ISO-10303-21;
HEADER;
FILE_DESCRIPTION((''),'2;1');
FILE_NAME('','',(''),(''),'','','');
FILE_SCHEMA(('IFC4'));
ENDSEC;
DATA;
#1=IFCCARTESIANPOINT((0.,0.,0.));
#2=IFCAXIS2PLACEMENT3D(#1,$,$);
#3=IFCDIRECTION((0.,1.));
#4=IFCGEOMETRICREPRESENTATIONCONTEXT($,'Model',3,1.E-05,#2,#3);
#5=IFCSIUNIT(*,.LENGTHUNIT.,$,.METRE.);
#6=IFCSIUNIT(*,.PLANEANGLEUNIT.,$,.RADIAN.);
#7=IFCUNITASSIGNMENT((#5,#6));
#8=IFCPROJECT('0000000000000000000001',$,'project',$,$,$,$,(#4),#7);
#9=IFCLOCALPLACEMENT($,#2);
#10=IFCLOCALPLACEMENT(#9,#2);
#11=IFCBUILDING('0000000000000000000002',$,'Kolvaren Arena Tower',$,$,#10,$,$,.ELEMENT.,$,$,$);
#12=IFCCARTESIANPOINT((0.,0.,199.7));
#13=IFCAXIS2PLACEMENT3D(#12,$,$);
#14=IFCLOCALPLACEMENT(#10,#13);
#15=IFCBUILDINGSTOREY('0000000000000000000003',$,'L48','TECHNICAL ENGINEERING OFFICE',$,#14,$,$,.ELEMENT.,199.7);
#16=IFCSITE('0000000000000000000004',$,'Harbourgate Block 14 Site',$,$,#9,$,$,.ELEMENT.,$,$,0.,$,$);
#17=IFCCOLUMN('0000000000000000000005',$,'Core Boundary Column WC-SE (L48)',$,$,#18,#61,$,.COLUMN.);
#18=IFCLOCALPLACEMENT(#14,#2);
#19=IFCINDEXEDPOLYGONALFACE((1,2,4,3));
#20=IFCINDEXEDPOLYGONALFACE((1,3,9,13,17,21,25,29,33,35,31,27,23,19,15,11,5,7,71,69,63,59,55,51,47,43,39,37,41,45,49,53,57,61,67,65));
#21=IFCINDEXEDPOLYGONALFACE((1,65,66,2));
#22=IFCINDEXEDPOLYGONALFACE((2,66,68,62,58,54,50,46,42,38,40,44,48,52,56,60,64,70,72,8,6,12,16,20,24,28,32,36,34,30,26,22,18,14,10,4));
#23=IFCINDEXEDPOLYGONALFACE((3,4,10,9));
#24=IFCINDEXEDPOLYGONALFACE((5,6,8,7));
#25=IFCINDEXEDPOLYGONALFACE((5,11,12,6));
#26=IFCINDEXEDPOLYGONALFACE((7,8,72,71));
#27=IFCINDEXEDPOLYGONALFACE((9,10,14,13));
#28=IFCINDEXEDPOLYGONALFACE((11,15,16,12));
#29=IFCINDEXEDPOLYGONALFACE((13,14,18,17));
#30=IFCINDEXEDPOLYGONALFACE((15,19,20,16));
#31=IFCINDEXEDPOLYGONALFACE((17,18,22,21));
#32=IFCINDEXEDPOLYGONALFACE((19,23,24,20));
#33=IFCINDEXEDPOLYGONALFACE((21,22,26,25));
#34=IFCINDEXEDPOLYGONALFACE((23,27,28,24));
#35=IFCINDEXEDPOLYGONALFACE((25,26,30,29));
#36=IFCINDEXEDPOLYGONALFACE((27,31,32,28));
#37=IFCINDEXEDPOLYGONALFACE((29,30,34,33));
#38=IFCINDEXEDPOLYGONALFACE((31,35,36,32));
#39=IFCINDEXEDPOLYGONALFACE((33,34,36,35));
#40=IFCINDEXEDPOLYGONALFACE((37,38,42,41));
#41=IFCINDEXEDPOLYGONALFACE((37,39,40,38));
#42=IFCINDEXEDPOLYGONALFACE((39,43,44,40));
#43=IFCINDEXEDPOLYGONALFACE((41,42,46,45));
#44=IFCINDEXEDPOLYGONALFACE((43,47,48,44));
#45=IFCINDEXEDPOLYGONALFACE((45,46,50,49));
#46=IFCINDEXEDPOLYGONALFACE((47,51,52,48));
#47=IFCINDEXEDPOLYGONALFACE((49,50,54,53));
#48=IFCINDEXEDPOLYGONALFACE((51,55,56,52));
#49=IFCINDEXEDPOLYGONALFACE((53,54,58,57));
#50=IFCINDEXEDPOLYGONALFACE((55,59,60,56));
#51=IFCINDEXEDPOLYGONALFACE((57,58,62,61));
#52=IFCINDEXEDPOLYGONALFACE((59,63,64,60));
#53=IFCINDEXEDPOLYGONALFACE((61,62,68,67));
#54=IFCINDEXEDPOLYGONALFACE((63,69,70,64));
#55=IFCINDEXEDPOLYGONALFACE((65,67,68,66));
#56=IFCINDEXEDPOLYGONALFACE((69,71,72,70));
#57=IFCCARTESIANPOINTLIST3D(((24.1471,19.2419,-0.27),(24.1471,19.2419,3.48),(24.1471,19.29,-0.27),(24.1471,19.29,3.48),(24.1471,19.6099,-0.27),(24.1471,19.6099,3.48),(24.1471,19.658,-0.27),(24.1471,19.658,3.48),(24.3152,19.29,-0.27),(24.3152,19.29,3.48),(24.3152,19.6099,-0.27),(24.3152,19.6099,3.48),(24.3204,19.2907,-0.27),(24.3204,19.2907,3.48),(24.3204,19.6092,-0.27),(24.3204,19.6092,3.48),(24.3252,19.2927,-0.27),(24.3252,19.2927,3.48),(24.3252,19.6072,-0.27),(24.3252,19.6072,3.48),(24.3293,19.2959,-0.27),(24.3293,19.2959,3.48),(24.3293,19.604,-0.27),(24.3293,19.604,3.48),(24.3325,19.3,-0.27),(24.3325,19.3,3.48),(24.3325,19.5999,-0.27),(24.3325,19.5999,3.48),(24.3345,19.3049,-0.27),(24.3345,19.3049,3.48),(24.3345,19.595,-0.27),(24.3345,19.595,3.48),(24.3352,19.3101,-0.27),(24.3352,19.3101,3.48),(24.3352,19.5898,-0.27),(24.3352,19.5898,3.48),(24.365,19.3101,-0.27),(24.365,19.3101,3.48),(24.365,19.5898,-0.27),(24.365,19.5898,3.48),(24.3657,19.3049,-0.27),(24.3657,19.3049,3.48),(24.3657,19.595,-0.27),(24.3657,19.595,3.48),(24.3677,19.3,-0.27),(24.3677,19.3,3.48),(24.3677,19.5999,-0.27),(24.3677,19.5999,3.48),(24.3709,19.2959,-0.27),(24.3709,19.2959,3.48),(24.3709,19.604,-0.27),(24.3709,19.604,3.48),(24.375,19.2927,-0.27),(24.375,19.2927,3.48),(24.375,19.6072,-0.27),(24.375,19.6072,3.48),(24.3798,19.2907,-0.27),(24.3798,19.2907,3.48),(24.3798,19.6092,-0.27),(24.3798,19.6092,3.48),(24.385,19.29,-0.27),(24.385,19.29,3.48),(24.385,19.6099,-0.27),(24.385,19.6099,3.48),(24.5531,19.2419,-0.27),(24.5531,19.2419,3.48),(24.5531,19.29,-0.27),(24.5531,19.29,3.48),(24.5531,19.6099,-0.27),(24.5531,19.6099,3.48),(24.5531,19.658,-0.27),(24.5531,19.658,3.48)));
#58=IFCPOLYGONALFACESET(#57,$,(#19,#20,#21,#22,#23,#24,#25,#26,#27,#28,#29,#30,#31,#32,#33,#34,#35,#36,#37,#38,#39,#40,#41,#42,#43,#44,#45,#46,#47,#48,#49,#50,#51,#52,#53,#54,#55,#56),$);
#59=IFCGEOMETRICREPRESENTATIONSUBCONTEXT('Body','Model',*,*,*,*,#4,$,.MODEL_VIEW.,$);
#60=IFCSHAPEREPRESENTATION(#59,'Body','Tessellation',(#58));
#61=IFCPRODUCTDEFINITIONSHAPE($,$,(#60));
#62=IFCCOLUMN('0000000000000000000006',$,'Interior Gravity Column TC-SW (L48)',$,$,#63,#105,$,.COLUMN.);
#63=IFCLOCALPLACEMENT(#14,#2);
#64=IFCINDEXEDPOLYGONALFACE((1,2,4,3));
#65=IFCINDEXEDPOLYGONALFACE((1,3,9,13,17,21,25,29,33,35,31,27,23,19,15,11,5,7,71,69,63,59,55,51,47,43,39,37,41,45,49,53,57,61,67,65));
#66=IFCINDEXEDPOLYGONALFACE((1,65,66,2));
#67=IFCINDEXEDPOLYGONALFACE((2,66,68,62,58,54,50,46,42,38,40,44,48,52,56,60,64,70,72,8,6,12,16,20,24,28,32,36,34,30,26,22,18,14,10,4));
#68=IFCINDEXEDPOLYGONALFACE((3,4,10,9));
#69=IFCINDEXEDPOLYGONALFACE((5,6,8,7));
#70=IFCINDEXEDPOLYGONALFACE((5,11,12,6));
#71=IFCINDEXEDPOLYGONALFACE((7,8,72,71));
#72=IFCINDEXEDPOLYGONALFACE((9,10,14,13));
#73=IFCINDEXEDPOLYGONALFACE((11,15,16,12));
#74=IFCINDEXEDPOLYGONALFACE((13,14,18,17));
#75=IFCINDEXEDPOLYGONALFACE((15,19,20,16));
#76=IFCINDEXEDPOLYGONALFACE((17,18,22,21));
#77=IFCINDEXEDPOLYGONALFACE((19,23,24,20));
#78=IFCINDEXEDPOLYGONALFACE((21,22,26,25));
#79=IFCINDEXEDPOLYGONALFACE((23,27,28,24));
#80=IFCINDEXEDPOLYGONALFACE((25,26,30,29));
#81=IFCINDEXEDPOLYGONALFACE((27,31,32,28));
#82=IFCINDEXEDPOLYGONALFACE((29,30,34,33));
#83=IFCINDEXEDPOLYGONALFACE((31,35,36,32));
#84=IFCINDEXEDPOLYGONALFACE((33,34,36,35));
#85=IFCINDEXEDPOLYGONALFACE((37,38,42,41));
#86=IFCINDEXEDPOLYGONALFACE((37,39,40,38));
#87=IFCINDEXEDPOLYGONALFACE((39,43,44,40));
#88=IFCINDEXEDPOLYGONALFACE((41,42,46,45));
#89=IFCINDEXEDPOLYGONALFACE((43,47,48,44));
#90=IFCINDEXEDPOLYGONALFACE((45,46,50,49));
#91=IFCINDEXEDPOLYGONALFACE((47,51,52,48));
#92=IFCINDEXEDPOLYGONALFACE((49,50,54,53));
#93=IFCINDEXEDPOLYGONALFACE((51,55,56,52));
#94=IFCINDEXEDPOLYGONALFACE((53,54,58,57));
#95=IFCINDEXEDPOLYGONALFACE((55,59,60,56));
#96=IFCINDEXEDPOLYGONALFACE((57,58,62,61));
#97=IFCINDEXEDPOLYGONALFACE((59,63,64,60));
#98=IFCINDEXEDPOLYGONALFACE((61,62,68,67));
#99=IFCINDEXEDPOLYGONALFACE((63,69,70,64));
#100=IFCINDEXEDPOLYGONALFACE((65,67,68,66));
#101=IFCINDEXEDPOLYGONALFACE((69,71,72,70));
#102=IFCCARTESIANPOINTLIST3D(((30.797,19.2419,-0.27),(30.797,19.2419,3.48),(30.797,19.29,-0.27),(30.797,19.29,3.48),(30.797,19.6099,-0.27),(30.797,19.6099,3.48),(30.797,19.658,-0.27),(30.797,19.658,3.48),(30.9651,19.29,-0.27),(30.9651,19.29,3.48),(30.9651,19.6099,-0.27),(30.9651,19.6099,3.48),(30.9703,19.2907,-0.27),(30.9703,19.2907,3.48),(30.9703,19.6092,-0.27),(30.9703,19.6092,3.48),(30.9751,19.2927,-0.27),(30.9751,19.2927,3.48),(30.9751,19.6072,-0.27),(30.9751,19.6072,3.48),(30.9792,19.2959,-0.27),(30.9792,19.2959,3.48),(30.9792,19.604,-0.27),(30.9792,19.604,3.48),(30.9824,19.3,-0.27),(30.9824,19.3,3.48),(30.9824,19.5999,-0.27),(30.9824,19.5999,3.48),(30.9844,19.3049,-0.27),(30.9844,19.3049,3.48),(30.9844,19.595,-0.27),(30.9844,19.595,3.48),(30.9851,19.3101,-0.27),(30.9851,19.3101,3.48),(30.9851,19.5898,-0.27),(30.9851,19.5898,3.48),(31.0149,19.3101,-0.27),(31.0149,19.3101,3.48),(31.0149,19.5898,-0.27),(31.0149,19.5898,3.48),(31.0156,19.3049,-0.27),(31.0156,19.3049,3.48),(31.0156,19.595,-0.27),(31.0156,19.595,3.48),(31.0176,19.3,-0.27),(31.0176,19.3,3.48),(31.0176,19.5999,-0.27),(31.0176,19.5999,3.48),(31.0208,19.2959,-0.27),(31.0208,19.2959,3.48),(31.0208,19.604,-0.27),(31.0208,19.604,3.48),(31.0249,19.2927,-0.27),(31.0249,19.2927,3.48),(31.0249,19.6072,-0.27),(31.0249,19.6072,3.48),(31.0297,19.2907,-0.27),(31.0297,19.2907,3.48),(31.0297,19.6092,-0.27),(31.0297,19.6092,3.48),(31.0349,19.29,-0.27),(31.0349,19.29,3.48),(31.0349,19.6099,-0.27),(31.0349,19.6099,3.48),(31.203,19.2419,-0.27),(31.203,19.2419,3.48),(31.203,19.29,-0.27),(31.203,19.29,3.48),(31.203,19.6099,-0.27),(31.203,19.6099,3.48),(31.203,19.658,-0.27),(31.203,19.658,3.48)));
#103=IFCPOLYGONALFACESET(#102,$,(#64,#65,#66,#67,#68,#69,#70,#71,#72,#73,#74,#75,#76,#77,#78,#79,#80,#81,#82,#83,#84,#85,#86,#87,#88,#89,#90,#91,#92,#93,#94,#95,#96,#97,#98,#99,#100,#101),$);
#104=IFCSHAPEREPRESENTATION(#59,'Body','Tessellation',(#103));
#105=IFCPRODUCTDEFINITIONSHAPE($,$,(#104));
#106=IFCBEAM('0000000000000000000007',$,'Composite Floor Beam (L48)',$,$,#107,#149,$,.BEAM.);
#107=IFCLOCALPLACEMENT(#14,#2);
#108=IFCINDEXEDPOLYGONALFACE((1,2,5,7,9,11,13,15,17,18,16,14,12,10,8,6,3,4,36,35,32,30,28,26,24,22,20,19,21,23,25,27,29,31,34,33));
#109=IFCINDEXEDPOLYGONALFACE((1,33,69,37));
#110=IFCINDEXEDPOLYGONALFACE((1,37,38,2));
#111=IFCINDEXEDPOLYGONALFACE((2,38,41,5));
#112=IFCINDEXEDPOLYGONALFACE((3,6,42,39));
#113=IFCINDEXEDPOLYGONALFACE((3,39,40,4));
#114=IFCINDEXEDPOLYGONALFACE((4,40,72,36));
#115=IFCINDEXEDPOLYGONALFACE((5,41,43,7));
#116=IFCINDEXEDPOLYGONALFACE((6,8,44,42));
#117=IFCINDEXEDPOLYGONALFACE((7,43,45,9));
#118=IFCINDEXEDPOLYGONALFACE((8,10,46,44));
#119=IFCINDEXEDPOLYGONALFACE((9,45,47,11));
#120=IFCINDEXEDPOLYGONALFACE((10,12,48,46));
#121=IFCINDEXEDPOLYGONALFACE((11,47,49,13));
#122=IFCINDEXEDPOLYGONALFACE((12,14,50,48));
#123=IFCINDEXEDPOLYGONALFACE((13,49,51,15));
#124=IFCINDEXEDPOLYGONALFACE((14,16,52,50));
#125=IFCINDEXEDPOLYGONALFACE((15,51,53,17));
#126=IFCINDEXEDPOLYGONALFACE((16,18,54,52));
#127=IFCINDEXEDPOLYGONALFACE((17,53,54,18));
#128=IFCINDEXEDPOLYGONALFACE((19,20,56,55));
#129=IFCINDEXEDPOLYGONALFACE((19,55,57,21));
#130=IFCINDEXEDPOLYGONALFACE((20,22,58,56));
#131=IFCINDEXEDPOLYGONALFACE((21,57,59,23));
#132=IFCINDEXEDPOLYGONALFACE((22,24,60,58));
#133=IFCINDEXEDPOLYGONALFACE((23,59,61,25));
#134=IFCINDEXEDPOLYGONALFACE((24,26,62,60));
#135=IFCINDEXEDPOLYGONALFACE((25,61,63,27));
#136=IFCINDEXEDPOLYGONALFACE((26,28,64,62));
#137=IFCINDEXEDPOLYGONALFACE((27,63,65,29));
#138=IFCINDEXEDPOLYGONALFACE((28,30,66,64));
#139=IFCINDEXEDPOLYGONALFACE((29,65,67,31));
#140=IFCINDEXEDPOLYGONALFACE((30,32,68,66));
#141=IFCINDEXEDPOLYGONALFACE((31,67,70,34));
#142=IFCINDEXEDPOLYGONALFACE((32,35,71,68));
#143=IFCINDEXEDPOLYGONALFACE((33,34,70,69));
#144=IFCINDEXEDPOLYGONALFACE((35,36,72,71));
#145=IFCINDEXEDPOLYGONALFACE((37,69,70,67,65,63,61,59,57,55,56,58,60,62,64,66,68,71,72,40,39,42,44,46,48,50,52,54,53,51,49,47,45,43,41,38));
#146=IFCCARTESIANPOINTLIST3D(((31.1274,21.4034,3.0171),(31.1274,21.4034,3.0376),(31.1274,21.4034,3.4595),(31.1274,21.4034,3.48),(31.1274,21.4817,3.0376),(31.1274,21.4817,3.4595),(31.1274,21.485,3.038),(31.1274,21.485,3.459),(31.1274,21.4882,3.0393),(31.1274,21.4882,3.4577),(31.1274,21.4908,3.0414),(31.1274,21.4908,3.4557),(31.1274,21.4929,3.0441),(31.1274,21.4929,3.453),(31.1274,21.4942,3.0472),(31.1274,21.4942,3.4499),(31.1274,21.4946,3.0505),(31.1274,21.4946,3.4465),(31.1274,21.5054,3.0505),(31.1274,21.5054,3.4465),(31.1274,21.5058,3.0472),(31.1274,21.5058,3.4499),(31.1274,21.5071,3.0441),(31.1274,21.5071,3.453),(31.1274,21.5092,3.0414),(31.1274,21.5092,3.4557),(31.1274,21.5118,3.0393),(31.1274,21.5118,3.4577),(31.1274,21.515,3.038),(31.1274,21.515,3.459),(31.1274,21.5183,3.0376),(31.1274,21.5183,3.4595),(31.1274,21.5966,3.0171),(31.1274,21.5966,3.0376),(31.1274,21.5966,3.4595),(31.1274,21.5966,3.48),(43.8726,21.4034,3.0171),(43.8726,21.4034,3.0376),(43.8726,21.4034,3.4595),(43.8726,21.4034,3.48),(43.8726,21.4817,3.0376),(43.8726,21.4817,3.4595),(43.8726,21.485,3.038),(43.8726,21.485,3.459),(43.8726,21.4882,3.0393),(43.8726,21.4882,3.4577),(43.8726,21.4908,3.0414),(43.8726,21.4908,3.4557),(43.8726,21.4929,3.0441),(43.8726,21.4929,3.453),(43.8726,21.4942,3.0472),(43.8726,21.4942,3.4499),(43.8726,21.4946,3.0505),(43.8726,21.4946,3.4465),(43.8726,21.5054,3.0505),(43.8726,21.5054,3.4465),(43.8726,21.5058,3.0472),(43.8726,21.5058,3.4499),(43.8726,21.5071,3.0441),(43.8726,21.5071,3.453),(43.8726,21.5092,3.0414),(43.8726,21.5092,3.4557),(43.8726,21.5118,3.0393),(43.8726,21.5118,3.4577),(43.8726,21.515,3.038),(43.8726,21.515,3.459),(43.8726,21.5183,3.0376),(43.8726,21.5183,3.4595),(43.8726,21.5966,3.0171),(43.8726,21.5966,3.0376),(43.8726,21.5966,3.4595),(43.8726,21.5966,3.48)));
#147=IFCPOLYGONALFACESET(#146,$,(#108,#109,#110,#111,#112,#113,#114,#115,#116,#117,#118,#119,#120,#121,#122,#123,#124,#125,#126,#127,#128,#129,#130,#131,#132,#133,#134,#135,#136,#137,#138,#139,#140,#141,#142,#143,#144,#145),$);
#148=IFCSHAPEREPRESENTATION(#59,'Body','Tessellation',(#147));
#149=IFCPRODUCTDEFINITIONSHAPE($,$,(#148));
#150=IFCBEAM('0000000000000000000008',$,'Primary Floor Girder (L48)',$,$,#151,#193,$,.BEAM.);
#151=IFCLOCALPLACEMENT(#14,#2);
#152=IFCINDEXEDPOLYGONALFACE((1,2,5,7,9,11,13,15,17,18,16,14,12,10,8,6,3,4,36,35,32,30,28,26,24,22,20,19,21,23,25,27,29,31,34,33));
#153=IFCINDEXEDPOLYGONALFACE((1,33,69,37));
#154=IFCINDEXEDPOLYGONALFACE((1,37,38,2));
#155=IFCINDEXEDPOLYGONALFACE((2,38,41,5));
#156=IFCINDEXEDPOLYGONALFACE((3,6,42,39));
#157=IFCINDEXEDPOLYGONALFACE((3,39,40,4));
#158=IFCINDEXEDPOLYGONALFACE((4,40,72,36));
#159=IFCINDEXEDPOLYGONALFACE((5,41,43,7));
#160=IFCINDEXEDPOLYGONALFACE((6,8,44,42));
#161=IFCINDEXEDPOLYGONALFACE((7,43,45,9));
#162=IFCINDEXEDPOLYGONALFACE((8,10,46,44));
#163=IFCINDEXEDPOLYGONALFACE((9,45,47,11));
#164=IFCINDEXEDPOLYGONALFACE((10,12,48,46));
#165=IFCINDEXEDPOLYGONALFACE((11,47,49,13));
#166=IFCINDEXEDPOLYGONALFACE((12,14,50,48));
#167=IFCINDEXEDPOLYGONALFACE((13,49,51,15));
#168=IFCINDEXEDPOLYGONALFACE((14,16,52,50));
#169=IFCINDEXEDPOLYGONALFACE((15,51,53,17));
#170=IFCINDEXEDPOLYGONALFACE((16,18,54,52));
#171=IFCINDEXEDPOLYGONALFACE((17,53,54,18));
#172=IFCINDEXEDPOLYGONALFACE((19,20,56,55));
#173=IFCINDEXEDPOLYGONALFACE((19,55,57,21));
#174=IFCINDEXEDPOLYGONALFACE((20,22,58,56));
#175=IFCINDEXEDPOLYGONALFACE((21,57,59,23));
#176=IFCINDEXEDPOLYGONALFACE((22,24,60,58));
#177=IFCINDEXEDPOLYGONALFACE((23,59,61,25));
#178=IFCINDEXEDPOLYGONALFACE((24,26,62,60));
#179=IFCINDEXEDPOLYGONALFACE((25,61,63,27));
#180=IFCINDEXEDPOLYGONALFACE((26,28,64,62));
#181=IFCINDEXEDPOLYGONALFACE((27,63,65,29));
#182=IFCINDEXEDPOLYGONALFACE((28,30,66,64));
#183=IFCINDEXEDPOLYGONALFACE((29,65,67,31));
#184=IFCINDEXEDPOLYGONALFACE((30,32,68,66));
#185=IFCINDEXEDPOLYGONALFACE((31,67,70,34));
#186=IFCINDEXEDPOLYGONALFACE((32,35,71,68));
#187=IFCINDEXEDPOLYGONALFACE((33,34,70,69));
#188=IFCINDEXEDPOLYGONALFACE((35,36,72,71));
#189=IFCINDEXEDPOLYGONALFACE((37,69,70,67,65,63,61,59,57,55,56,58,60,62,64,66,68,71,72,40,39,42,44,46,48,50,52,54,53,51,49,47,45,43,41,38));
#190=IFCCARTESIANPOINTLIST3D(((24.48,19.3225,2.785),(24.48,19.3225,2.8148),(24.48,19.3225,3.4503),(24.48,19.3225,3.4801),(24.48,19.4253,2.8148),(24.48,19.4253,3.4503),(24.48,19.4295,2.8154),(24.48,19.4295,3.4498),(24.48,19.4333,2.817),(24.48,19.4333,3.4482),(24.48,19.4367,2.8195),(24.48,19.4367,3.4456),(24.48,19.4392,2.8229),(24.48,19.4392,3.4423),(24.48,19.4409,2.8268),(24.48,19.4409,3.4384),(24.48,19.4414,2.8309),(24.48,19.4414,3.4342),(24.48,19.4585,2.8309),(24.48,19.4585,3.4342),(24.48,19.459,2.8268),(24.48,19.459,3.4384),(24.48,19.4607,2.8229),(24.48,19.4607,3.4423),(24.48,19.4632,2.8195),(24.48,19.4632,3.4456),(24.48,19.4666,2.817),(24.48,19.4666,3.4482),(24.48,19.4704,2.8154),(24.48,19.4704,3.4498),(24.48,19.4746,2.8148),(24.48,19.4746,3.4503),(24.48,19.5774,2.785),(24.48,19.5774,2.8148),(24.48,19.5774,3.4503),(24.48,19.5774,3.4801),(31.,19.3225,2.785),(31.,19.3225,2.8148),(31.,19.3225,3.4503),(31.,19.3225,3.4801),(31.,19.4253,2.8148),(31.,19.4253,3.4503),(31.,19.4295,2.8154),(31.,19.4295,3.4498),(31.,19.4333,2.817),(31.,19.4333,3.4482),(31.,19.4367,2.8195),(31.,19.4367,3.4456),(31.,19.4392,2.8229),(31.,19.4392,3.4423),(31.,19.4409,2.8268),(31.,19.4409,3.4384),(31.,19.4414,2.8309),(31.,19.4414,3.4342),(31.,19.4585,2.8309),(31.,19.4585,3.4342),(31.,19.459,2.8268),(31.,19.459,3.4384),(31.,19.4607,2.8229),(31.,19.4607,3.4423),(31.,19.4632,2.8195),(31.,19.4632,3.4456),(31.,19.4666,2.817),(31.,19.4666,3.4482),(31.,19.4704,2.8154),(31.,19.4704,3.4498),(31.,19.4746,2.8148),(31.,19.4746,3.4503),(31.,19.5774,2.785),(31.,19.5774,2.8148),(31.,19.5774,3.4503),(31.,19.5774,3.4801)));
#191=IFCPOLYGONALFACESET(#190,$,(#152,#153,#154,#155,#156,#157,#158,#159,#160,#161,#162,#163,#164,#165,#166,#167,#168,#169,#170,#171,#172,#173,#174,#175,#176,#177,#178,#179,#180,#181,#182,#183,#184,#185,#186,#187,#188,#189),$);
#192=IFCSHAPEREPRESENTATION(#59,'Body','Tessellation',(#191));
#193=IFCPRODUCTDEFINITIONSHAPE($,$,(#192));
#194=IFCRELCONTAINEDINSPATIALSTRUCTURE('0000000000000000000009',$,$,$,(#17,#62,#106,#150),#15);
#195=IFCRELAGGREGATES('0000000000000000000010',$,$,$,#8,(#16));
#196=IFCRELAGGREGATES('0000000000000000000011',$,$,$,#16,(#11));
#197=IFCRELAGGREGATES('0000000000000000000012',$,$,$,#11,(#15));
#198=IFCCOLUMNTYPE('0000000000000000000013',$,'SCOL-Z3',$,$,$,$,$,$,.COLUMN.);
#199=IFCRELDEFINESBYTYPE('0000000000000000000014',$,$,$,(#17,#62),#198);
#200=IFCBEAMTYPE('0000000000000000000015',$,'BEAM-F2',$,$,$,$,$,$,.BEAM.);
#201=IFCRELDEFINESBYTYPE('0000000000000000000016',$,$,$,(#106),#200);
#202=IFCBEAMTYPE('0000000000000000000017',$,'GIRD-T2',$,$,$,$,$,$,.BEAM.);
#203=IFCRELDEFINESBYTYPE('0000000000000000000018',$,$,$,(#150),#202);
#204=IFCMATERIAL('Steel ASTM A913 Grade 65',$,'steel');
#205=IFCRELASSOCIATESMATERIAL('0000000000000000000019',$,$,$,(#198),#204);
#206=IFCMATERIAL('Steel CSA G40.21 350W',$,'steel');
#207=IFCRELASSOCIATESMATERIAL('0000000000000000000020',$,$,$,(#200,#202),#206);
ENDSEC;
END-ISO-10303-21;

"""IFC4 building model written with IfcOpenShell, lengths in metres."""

from ifc_helpers import new_model, si_unit, direction, frame, origin, origin_2d, place, context, subcontext, project, spatial, i_section, extrude, material, material_profile, profile_set, type_object, element, save


model = new_model("IFC4")

# Units and contexts
model_context = context("Model", 3, precision=1e-05, world=origin(), true_north=direction((0.0, 1.0)))
body_context = subcontext(model_context, "Body", "Model", "MODEL_VIEW")
ifc_project = project(units=[si_unit("LENGTHUNIT", "METRE"), si_unit("PLANEANGLEUNIT", "RADIAN")], contexts=[model_context])

# Site, building, storey
site_placement = place(None, origin())
site = spatial("IfcSite", under=ifc_project, at=site_placement, Name="Harbourgate Block 14 Site", CompositionType="ELEMENT", RefElevation=0.0)
building_placement = place(site_placement, origin())
building = spatial("IfcBuilding", under=site, at=building_placement, Name="Kolvaren Arena Tower", CompositionType="ELEMENT")
storey_placement = place(building_placement, frame((0.0, 0.0, 199.7)))
storey = spatial("IfcBuildingStorey", under=building, at=storey_placement, Name="L48", Description="TECHNICAL ENGINEERING OFFICE", CompositionType="ELEMENT", Elevation=199.7)

# Columns
ifc_material_1 = material(Name="Steel ASTM A913 Grade 65", Category="steel")
ifc_material_profile_1 = material_profile(ifc_material_1, i_section(OverallWidth=0.406, OverallDepth=0.416, WebThickness=0.0298, FlangeThickness=0.0481, FilletRadius=0.02, at=origin_2d()), Name="W360x382")
ifc_profile_set_1 = profile_set([ifc_material_profile_1], Name="Steel ASTM A913 Grade 65")
column_type = type_object("IfcColumnType", Name="SCOL-Z3", PredefinedType="COLUMN", material=ifc_profile_set_1)
for number, where, z_axis, x_axis, name in (
    (1, (24.3501, 19.45, -0.27), (0.0, 0.0, 1.0), (1.0, 0.0, 0.0), "Core Boundary Column WC-SE (L48)"),
    (2, (31.0, 19.45, -0.27), (0.0, 0.0, 1.0), (1.0, 0.0, 0.0), "Interior Gravity Column TC-SW (L48)"),
):
    element("IfcColumn", number, at=place(storey_placement, frame(where, z_axis=z_axis, x_axis=x_axis)), inside=storey, type_object=column_type, Name=name, PredefinedType="COLUMN", context=body_context, shape_type="SweptSolid", body=[
        extrude(i_section(OverallWidth=0.406, OverallDepth=0.416, WebThickness=0.0298, FlangeThickness=0.0481, FilletRadius=0.02, at=origin_2d()), origin(), (0.0, 0.0, 1.0), 3.75),
    ])

# Beams
ifc_material_2 = material(Name="Steel CSA G40.21 350W", Category="steel")
ifc_material_profile_2 = material_profile(ifc_material_2, i_section(OverallWidth=0.1931, OverallDepth=0.4629, WebThickness=0.0107, FlangeThickness=0.0205, FilletRadius=0.0129, at=origin_2d()), Name="W460x113")
ifc_profile_set_2 = profile_set([ifc_material_profile_2], Name="Steel CSA G40.21 350W")
beam_type_1 = type_object("IfcBeamType", Name="BEAM-F2", PredefinedType="BEAM", material=ifc_profile_set_2)
beam_1_placement = place(storey_placement, frame((31.1274, 21.5, 3.2485), z_axis=(1.0, 0.0, 0.0), x_axis=(0.0, 1.0, 0.0)))
element("IfcBeam", 3, at=beam_1_placement, inside=storey, type_object=beam_type_1, Name="Composite Floor Beam (L48)", PredefinedType="BEAM", context=body_context, shape_type="SweptSolid", body=[
    extrude(i_section(OverallWidth=0.1931, OverallDepth=0.4629, WebThickness=0.0107, FlangeThickness=0.0205, FilletRadius=0.0129, at=origin_2d()), origin(), (0.0, 0.0, 1.0), 12.7451),
])
ifc_material_profile_3 = material_profile(ifc_material_2, i_section(OverallWidth=0.2549, OverallDepth=0.6951, WebThickness=0.0171, FlangeThickness=0.0298, FilletRadius=0.0161, at=origin_2d()), Name="W690x217")
ifc_profile_set_3 = profile_set([ifc_material_profile_3], Name="Steel CSA G40.21 350W")
beam_type_2 = type_object("IfcBeamType", Name="GIRD-T2", PredefinedType="BEAM", material=ifc_profile_set_3)
beam_2_placement = place(storey_placement, frame((24.48, 19.45, 3.1326), z_axis=(1.0, 0.0, 0.0), x_axis=(0.0, 1.0, 0.0)))
element("IfcBeam", 4, at=beam_2_placement, inside=storey, type_object=beam_type_2, Name="Primary Floor Girder (L48)", PredefinedType="BEAM", context=body_context, shape_type="SweptSolid", body=[
    extrude(i_section(OverallWidth=0.2549, OverallDepth=0.6951, WebThickness=0.0171, FlangeThickness=0.0298, FilletRadius=0.0161, at=origin_2d()), origin(), (0.0, 0.0, 1.0), 6.52),
])

save(model, "model.ifc")
